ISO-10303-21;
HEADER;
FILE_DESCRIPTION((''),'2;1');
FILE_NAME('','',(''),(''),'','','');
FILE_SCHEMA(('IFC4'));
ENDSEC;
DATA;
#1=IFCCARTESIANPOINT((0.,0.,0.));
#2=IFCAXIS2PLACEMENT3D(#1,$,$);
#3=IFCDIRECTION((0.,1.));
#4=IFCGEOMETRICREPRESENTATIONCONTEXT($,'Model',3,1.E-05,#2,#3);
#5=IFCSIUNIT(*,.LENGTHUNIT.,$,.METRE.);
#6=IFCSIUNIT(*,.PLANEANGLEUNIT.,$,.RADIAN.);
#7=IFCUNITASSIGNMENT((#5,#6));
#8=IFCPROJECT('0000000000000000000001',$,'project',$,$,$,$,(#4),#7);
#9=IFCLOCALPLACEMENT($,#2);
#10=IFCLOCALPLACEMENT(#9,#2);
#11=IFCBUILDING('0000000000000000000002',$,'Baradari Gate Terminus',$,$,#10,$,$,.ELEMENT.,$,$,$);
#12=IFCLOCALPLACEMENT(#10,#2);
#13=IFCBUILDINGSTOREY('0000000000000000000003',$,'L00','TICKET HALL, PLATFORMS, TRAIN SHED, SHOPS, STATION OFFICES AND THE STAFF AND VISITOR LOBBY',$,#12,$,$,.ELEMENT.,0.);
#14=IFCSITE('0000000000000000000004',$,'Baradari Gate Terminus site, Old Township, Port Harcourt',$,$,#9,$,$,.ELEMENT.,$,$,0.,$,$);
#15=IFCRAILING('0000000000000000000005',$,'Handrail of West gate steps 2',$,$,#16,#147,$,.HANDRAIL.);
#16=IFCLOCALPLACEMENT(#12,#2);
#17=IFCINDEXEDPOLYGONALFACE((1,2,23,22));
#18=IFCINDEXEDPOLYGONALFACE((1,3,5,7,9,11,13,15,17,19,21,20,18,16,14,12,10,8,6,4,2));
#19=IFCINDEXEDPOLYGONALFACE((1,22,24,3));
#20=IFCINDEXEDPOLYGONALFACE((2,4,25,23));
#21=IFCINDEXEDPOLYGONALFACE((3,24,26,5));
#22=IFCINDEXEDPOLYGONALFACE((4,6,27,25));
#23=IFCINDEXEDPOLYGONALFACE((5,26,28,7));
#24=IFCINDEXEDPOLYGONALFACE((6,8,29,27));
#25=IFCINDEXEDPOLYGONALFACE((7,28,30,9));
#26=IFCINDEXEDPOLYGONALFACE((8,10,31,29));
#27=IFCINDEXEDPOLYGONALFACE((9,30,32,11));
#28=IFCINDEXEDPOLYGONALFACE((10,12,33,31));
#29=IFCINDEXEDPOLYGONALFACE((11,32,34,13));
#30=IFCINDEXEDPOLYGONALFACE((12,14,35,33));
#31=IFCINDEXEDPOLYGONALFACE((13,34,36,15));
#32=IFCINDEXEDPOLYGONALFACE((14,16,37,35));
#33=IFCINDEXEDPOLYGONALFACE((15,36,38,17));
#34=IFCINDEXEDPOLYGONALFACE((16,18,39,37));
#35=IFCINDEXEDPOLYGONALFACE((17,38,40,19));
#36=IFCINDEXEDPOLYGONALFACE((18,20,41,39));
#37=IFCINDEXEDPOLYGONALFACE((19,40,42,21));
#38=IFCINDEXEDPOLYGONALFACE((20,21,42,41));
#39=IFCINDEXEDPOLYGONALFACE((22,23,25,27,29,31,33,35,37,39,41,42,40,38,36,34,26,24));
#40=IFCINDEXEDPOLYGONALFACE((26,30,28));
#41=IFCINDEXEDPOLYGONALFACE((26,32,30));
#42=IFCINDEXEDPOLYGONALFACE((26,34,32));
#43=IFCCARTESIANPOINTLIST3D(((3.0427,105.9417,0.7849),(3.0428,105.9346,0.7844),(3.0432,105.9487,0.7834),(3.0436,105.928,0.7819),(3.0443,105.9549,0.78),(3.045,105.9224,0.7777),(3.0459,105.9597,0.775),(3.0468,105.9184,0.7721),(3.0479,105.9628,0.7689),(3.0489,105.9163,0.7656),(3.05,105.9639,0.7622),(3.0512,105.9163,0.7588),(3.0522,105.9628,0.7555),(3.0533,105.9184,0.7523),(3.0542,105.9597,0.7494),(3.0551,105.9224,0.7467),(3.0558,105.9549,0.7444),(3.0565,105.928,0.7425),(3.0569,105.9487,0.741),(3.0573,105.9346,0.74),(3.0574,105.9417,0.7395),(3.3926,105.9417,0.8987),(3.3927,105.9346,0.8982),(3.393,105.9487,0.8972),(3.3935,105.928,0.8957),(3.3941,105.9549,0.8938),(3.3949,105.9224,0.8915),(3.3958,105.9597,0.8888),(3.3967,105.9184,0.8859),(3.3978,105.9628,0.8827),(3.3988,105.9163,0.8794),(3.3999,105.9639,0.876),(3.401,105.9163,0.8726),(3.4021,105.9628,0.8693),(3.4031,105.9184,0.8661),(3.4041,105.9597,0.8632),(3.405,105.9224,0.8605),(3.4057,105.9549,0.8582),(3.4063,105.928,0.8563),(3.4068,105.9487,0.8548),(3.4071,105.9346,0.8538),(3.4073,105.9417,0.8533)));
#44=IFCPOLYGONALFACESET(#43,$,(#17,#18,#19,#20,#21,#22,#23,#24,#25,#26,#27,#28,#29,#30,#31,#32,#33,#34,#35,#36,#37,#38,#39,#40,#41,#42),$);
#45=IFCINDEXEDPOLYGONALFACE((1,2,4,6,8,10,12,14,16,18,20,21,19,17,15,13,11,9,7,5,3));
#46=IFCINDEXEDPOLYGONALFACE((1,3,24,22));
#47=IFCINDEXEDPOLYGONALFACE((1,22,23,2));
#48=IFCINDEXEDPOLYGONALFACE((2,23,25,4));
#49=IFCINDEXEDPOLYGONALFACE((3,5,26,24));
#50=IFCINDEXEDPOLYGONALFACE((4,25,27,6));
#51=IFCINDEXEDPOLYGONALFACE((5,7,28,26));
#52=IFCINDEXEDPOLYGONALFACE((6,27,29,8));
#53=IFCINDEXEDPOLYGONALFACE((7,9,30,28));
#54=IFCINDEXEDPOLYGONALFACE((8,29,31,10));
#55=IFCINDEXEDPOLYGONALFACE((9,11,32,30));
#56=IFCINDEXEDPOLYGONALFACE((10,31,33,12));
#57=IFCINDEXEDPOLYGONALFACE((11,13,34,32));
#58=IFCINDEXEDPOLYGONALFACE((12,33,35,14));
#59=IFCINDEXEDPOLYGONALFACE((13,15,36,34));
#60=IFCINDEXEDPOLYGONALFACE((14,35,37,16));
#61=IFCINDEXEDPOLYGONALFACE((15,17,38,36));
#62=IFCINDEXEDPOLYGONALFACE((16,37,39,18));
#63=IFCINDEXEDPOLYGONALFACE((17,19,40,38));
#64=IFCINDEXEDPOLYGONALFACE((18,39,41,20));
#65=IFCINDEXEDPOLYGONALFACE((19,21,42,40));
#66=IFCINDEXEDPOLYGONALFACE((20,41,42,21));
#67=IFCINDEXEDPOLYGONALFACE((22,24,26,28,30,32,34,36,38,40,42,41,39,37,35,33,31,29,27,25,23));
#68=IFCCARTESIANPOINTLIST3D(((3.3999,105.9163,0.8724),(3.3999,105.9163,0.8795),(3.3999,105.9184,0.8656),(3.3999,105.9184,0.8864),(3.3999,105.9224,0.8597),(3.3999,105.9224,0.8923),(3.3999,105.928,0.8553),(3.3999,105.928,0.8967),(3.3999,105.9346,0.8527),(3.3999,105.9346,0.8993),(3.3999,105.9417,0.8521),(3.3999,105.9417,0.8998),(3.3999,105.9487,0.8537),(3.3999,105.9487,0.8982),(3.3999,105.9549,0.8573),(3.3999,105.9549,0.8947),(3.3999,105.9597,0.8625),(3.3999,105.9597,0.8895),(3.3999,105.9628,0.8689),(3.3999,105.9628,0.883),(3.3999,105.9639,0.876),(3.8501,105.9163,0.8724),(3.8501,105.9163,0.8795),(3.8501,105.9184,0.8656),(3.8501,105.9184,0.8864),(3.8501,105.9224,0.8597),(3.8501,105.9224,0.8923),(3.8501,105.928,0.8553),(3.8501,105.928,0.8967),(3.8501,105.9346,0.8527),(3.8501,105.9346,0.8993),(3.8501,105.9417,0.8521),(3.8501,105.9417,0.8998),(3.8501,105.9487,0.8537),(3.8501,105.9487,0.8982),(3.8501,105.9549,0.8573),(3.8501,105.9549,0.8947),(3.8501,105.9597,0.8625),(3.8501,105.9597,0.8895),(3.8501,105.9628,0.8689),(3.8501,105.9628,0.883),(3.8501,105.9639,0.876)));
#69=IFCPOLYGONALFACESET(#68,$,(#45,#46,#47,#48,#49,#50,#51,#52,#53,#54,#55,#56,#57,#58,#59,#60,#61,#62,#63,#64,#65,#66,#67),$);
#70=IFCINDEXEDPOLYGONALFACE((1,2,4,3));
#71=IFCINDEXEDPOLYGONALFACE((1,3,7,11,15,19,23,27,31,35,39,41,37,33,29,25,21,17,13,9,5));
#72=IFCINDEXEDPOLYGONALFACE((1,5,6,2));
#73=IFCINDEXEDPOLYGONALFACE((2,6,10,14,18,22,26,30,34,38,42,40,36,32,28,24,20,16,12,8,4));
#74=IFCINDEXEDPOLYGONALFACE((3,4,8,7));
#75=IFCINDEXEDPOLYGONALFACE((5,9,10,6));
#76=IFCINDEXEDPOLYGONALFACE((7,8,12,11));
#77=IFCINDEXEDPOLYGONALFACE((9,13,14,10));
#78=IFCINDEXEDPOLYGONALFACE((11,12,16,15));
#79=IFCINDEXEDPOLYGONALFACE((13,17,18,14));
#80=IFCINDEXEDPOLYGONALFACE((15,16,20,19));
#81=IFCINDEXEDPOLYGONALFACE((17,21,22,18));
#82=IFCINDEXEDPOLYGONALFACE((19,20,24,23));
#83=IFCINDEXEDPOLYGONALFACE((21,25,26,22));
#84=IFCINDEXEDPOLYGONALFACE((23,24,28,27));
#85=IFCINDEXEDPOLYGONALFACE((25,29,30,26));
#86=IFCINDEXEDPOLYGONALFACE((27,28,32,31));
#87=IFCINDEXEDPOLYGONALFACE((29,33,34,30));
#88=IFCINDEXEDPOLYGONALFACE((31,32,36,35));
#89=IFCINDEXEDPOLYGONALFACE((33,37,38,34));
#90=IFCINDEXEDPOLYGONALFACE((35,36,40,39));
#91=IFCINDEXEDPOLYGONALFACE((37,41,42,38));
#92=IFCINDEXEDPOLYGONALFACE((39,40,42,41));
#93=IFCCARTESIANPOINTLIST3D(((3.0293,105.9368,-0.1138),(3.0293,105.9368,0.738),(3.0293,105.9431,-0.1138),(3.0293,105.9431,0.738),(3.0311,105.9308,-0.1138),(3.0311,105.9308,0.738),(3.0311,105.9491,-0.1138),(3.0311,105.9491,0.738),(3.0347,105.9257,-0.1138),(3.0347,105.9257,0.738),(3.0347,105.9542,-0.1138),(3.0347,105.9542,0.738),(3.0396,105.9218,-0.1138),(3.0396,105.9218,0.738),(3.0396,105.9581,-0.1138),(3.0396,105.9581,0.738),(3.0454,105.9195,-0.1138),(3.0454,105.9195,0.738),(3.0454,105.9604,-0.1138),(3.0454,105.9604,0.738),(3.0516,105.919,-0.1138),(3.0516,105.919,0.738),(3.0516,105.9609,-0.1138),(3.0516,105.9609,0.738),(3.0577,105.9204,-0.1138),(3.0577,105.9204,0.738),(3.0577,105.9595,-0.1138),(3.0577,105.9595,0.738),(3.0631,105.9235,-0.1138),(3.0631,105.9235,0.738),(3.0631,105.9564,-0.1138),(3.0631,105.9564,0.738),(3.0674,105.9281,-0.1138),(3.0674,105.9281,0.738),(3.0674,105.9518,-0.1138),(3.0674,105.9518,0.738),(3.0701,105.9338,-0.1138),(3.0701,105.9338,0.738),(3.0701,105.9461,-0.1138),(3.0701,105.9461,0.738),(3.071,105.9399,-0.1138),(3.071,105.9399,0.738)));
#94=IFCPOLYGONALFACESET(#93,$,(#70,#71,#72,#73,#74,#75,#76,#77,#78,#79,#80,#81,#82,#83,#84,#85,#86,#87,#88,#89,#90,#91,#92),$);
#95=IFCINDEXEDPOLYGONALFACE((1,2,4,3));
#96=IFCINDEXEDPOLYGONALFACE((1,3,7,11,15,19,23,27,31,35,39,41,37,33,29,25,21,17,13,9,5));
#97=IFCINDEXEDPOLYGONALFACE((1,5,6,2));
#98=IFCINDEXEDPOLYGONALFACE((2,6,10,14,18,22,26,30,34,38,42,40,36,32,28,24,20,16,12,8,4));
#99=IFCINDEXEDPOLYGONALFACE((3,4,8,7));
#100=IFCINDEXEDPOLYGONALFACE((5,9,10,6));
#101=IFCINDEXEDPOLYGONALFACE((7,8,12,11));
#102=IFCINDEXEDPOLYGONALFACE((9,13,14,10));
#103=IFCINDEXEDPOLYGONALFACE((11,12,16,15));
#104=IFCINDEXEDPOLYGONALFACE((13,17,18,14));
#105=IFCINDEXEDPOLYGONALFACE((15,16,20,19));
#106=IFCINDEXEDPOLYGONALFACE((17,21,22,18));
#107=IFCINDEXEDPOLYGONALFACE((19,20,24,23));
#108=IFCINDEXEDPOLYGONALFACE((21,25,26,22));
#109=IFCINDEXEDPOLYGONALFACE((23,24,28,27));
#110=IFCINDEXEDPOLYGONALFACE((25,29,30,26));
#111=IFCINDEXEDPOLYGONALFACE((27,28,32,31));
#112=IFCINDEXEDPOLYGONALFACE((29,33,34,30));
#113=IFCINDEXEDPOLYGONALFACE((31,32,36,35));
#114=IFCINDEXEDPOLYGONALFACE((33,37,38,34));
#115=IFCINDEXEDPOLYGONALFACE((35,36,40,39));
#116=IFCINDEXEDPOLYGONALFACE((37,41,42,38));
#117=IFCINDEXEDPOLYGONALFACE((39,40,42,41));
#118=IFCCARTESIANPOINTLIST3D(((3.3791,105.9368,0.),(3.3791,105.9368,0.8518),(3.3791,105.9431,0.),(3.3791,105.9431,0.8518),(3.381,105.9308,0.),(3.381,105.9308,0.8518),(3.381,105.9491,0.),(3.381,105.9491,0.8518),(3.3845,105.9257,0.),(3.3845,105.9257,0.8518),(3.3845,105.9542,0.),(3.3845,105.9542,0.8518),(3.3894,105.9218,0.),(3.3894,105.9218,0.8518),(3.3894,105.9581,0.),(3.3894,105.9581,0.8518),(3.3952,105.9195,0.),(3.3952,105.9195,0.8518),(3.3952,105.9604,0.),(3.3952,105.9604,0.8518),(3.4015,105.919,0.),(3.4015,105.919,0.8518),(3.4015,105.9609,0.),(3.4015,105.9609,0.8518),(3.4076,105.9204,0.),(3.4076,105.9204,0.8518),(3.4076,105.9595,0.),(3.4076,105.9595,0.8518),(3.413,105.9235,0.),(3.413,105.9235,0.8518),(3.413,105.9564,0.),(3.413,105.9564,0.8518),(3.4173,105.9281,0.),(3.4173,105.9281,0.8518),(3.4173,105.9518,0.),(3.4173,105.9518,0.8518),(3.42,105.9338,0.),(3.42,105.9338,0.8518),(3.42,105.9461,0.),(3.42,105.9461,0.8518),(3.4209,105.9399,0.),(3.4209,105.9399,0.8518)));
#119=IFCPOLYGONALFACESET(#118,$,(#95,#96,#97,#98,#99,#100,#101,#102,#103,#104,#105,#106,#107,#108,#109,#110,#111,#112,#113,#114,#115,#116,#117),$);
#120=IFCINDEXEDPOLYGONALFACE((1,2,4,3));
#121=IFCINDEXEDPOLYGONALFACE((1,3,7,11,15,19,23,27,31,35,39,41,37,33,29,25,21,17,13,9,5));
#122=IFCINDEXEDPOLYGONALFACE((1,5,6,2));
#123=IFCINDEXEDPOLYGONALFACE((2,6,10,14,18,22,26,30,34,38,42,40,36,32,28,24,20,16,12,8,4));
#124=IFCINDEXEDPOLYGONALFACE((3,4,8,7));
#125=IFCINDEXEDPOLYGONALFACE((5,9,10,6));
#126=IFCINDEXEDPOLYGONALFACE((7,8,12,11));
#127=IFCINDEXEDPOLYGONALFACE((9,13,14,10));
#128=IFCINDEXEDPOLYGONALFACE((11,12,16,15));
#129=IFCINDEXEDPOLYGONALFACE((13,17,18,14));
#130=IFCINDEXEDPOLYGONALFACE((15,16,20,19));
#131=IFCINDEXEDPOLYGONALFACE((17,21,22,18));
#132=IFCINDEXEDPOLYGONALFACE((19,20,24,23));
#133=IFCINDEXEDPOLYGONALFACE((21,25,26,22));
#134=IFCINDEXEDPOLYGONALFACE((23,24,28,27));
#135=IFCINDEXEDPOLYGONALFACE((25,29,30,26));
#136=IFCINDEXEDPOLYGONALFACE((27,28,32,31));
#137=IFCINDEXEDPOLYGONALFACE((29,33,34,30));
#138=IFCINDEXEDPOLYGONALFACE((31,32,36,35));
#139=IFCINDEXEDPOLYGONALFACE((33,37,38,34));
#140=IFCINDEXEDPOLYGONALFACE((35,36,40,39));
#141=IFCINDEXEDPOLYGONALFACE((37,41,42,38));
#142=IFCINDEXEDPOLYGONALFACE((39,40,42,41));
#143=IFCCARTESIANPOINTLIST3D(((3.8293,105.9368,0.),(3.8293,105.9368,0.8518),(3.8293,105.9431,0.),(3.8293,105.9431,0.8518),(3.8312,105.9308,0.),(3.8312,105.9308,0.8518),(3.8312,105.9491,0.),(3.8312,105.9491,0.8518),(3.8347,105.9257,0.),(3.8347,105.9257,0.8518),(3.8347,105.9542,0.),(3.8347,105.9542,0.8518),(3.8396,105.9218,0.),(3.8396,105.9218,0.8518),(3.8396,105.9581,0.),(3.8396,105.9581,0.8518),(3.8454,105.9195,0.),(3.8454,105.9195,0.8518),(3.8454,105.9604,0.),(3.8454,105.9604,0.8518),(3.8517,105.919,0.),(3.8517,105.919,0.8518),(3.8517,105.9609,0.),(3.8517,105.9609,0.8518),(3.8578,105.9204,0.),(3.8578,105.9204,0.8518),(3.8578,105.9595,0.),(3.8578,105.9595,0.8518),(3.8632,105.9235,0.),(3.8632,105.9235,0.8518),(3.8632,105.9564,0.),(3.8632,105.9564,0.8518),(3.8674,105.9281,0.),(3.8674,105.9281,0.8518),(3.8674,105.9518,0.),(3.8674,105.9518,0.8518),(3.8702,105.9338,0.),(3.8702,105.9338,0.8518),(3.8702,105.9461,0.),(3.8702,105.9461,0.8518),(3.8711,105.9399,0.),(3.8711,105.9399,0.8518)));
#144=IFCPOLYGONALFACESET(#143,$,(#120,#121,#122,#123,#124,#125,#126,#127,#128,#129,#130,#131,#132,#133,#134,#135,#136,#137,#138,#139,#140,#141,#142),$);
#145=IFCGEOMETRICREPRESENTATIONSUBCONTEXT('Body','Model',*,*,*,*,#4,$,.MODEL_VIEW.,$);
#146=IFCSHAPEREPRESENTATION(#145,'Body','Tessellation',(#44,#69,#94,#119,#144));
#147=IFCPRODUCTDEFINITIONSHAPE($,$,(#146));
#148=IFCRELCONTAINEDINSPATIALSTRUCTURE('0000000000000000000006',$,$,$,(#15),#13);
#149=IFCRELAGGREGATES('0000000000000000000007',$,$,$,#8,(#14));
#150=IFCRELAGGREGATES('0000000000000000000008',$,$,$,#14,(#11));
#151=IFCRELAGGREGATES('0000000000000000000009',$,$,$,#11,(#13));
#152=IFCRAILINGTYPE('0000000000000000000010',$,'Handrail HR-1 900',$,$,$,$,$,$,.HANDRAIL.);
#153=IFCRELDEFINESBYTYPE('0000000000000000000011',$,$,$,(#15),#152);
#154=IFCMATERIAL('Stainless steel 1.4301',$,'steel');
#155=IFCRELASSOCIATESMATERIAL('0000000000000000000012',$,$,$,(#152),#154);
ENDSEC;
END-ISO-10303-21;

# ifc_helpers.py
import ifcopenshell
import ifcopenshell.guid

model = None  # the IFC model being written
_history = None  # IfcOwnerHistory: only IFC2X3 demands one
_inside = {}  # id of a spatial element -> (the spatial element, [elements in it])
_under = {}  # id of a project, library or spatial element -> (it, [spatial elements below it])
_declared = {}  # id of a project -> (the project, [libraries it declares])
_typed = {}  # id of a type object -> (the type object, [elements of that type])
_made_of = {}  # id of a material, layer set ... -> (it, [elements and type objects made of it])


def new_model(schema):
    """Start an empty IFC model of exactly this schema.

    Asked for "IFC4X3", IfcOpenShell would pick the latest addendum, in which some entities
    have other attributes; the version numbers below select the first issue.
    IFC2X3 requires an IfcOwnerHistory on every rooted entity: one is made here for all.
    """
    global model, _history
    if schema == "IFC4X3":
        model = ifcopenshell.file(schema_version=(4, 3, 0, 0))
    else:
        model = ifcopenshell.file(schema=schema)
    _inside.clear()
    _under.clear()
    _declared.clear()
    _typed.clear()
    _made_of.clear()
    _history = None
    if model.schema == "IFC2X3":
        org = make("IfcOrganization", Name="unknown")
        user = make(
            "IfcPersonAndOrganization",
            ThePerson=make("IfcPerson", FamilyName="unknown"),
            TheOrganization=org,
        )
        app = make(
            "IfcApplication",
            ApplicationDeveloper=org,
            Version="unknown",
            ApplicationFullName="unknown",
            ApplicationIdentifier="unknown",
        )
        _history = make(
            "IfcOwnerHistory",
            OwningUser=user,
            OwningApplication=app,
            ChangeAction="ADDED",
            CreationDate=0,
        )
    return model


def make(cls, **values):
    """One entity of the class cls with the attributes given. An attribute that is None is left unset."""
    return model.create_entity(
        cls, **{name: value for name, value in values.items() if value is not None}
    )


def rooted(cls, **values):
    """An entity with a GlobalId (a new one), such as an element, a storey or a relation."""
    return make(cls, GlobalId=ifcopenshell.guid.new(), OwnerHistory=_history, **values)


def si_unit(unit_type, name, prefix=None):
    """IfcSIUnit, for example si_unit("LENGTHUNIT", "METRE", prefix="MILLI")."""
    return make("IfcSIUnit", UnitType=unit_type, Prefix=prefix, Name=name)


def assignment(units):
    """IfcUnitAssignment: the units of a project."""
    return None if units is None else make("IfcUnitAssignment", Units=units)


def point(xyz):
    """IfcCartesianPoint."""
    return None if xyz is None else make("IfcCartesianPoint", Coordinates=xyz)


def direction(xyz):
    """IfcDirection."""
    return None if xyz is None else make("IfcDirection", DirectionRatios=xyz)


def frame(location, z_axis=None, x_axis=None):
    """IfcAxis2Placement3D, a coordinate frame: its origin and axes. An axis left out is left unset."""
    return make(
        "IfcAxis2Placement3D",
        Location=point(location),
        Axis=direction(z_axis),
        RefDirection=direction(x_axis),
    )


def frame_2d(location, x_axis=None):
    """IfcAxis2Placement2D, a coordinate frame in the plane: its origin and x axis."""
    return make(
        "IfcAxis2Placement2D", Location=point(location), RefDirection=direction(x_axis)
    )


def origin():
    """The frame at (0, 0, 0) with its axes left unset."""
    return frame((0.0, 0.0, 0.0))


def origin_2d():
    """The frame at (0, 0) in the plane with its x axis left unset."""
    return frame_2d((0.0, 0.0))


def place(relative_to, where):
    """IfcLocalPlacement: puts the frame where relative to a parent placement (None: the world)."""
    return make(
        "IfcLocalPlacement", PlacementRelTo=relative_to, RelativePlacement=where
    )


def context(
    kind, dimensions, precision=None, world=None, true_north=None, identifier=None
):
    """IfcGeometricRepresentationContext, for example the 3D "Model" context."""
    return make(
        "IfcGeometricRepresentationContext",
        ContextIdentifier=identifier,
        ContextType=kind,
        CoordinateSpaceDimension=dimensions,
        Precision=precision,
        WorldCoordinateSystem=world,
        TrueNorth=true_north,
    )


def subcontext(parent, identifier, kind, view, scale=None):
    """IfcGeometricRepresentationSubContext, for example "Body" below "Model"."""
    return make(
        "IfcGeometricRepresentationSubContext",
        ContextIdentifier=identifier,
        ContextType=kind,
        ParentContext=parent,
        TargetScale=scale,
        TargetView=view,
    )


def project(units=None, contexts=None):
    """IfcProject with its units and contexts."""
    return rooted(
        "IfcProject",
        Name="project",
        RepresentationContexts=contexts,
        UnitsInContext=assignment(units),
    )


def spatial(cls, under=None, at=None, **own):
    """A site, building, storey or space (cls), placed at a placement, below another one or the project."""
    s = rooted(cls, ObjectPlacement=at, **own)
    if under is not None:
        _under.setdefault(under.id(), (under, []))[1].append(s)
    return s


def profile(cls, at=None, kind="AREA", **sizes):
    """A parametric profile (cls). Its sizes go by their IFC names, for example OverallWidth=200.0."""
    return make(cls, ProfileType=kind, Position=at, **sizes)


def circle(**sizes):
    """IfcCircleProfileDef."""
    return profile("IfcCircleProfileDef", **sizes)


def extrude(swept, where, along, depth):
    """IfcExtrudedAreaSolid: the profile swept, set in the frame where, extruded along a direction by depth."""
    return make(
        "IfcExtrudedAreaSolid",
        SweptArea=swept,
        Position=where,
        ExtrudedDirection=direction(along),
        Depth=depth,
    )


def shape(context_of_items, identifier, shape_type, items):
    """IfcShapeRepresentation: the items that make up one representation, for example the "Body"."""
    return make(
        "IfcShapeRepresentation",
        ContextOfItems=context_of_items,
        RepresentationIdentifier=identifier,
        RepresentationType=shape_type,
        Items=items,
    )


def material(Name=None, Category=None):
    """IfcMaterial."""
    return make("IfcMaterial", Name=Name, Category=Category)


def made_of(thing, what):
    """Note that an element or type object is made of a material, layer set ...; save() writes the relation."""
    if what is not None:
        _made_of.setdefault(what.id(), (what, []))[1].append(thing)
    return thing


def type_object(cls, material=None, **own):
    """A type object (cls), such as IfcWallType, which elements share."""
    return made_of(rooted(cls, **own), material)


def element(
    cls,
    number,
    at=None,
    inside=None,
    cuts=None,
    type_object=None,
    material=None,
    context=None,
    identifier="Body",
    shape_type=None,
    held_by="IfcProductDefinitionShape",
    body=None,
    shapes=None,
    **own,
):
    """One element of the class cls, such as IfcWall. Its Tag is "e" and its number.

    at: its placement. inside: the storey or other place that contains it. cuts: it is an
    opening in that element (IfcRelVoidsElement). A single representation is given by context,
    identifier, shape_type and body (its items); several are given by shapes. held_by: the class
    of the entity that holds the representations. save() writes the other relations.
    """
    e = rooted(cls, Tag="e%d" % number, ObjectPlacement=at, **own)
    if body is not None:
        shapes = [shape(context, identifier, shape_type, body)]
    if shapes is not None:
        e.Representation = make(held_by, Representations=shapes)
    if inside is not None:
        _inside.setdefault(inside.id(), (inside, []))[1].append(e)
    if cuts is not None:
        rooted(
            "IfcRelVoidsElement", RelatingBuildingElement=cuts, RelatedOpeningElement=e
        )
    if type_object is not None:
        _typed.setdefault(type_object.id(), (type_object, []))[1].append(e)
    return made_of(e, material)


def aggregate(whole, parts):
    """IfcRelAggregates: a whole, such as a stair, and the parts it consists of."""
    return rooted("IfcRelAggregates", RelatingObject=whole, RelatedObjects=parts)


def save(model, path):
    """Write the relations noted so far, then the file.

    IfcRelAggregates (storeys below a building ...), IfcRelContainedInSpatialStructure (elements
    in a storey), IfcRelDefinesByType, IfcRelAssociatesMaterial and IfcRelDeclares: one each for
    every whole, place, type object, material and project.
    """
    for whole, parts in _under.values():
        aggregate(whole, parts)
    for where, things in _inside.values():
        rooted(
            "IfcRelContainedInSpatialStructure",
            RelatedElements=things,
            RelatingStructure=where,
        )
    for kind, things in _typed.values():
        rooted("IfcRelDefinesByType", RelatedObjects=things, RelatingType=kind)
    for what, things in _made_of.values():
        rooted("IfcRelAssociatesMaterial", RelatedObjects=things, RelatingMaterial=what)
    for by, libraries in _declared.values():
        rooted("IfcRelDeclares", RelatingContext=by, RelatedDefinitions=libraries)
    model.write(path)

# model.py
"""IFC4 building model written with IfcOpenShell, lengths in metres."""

from ifc_helpers import new_model, si_unit, direction, frame, origin, origin_2d, place, context, subcontext, project, spatial, circle, extrude, material, type_object, element, save


model = new_model("IFC4")

# Units and contexts
model_context = context("Model", 3, precision=1e-05, world=origin(), true_north=direction((0.0, 1.0)))
body_context = subcontext(model_context, "Body", "Model", "MODEL_VIEW")
ifc_project = project(units=[si_unit("LENGTHUNIT", "METRE"), si_unit("PLANEANGLEUNIT", "RADIAN")], contexts=[model_context])

# Site, building, storey
site_placement = place(None, origin())
site = spatial("IfcSite", under=ifc_project, at=site_placement, Name="Baradari Gate Terminus site, Old Township, Port Harcourt", CompositionType="ELEMENT", RefElevation=0.0)
building_placement = place(site_placement, origin())
building = spatial("IfcBuilding", under=site, at=building_placement, Name="Baradari Gate Terminus", CompositionType="ELEMENT")
storey_placement = place(building_placement, origin())
storey = spatial("IfcBuildingStorey", under=building, at=storey_placement, Name="L00", Description="TICKET HALL, PLATFORMS, TRAIN SHED, SHOPS, STATION OFFICES AND THE STAFF AND VISITOR LOBBY", CompositionType="ELEMENT", Elevation=0.0)

# Railing
ifc_material_1 = material(Name="Stainless steel 1.4301", Category="steel")
railing_type = type_object("IfcRailingType", Name="Handrail HR-1 900", PredefinedType="HANDRAIL", material=ifc_material_1)
railing_placement = place(storey_placement, frame((3.05, 105.9399, -0.1138)))
element("IfcRailing", 1, at=railing_placement, inside=storey, type_object=railing_type, Name="Handrail of West gate steps 2", PredefinedType="HANDRAIL", context=body_context, shape_type="SweptSolid", body=[
    extrude(circle(Radius=0.0239, at=origin_2d()), frame((0.0, 0.0, 0.876), z_axis=(0.95098, 0.0, 0.309251), x_axis=(0.0, 1.0, 0.0)), (0.0, 0.0, 1.0), 0.3679),
    extrude(circle(Radius=0.0239, at=origin_2d()), frame((0.3499, 0.0, 0.9897), z_axis=(1.0, 0.0, 0.0), x_axis=(0.0, 1.0, 0.0)), (0.0, 0.0, 1.0), 0.4502),
    extrude(circle(Radius=0.021, at=origin_2d()), origin(), (0.0, 0.0, 1.0), 0.8518),
    extrude(circle(Radius=0.021, at=origin_2d()), frame((0.3499, 0.0, 0.1138)), (0.0, 0.0, 1.0), 0.8518),
    extrude(circle(Radius=0.021, at=origin_2d()), frame((0.8, 0.0, 0.1138)), (0.0, 0.0, 1.0), 0.8518),
])

save(model, "model.ifc")
